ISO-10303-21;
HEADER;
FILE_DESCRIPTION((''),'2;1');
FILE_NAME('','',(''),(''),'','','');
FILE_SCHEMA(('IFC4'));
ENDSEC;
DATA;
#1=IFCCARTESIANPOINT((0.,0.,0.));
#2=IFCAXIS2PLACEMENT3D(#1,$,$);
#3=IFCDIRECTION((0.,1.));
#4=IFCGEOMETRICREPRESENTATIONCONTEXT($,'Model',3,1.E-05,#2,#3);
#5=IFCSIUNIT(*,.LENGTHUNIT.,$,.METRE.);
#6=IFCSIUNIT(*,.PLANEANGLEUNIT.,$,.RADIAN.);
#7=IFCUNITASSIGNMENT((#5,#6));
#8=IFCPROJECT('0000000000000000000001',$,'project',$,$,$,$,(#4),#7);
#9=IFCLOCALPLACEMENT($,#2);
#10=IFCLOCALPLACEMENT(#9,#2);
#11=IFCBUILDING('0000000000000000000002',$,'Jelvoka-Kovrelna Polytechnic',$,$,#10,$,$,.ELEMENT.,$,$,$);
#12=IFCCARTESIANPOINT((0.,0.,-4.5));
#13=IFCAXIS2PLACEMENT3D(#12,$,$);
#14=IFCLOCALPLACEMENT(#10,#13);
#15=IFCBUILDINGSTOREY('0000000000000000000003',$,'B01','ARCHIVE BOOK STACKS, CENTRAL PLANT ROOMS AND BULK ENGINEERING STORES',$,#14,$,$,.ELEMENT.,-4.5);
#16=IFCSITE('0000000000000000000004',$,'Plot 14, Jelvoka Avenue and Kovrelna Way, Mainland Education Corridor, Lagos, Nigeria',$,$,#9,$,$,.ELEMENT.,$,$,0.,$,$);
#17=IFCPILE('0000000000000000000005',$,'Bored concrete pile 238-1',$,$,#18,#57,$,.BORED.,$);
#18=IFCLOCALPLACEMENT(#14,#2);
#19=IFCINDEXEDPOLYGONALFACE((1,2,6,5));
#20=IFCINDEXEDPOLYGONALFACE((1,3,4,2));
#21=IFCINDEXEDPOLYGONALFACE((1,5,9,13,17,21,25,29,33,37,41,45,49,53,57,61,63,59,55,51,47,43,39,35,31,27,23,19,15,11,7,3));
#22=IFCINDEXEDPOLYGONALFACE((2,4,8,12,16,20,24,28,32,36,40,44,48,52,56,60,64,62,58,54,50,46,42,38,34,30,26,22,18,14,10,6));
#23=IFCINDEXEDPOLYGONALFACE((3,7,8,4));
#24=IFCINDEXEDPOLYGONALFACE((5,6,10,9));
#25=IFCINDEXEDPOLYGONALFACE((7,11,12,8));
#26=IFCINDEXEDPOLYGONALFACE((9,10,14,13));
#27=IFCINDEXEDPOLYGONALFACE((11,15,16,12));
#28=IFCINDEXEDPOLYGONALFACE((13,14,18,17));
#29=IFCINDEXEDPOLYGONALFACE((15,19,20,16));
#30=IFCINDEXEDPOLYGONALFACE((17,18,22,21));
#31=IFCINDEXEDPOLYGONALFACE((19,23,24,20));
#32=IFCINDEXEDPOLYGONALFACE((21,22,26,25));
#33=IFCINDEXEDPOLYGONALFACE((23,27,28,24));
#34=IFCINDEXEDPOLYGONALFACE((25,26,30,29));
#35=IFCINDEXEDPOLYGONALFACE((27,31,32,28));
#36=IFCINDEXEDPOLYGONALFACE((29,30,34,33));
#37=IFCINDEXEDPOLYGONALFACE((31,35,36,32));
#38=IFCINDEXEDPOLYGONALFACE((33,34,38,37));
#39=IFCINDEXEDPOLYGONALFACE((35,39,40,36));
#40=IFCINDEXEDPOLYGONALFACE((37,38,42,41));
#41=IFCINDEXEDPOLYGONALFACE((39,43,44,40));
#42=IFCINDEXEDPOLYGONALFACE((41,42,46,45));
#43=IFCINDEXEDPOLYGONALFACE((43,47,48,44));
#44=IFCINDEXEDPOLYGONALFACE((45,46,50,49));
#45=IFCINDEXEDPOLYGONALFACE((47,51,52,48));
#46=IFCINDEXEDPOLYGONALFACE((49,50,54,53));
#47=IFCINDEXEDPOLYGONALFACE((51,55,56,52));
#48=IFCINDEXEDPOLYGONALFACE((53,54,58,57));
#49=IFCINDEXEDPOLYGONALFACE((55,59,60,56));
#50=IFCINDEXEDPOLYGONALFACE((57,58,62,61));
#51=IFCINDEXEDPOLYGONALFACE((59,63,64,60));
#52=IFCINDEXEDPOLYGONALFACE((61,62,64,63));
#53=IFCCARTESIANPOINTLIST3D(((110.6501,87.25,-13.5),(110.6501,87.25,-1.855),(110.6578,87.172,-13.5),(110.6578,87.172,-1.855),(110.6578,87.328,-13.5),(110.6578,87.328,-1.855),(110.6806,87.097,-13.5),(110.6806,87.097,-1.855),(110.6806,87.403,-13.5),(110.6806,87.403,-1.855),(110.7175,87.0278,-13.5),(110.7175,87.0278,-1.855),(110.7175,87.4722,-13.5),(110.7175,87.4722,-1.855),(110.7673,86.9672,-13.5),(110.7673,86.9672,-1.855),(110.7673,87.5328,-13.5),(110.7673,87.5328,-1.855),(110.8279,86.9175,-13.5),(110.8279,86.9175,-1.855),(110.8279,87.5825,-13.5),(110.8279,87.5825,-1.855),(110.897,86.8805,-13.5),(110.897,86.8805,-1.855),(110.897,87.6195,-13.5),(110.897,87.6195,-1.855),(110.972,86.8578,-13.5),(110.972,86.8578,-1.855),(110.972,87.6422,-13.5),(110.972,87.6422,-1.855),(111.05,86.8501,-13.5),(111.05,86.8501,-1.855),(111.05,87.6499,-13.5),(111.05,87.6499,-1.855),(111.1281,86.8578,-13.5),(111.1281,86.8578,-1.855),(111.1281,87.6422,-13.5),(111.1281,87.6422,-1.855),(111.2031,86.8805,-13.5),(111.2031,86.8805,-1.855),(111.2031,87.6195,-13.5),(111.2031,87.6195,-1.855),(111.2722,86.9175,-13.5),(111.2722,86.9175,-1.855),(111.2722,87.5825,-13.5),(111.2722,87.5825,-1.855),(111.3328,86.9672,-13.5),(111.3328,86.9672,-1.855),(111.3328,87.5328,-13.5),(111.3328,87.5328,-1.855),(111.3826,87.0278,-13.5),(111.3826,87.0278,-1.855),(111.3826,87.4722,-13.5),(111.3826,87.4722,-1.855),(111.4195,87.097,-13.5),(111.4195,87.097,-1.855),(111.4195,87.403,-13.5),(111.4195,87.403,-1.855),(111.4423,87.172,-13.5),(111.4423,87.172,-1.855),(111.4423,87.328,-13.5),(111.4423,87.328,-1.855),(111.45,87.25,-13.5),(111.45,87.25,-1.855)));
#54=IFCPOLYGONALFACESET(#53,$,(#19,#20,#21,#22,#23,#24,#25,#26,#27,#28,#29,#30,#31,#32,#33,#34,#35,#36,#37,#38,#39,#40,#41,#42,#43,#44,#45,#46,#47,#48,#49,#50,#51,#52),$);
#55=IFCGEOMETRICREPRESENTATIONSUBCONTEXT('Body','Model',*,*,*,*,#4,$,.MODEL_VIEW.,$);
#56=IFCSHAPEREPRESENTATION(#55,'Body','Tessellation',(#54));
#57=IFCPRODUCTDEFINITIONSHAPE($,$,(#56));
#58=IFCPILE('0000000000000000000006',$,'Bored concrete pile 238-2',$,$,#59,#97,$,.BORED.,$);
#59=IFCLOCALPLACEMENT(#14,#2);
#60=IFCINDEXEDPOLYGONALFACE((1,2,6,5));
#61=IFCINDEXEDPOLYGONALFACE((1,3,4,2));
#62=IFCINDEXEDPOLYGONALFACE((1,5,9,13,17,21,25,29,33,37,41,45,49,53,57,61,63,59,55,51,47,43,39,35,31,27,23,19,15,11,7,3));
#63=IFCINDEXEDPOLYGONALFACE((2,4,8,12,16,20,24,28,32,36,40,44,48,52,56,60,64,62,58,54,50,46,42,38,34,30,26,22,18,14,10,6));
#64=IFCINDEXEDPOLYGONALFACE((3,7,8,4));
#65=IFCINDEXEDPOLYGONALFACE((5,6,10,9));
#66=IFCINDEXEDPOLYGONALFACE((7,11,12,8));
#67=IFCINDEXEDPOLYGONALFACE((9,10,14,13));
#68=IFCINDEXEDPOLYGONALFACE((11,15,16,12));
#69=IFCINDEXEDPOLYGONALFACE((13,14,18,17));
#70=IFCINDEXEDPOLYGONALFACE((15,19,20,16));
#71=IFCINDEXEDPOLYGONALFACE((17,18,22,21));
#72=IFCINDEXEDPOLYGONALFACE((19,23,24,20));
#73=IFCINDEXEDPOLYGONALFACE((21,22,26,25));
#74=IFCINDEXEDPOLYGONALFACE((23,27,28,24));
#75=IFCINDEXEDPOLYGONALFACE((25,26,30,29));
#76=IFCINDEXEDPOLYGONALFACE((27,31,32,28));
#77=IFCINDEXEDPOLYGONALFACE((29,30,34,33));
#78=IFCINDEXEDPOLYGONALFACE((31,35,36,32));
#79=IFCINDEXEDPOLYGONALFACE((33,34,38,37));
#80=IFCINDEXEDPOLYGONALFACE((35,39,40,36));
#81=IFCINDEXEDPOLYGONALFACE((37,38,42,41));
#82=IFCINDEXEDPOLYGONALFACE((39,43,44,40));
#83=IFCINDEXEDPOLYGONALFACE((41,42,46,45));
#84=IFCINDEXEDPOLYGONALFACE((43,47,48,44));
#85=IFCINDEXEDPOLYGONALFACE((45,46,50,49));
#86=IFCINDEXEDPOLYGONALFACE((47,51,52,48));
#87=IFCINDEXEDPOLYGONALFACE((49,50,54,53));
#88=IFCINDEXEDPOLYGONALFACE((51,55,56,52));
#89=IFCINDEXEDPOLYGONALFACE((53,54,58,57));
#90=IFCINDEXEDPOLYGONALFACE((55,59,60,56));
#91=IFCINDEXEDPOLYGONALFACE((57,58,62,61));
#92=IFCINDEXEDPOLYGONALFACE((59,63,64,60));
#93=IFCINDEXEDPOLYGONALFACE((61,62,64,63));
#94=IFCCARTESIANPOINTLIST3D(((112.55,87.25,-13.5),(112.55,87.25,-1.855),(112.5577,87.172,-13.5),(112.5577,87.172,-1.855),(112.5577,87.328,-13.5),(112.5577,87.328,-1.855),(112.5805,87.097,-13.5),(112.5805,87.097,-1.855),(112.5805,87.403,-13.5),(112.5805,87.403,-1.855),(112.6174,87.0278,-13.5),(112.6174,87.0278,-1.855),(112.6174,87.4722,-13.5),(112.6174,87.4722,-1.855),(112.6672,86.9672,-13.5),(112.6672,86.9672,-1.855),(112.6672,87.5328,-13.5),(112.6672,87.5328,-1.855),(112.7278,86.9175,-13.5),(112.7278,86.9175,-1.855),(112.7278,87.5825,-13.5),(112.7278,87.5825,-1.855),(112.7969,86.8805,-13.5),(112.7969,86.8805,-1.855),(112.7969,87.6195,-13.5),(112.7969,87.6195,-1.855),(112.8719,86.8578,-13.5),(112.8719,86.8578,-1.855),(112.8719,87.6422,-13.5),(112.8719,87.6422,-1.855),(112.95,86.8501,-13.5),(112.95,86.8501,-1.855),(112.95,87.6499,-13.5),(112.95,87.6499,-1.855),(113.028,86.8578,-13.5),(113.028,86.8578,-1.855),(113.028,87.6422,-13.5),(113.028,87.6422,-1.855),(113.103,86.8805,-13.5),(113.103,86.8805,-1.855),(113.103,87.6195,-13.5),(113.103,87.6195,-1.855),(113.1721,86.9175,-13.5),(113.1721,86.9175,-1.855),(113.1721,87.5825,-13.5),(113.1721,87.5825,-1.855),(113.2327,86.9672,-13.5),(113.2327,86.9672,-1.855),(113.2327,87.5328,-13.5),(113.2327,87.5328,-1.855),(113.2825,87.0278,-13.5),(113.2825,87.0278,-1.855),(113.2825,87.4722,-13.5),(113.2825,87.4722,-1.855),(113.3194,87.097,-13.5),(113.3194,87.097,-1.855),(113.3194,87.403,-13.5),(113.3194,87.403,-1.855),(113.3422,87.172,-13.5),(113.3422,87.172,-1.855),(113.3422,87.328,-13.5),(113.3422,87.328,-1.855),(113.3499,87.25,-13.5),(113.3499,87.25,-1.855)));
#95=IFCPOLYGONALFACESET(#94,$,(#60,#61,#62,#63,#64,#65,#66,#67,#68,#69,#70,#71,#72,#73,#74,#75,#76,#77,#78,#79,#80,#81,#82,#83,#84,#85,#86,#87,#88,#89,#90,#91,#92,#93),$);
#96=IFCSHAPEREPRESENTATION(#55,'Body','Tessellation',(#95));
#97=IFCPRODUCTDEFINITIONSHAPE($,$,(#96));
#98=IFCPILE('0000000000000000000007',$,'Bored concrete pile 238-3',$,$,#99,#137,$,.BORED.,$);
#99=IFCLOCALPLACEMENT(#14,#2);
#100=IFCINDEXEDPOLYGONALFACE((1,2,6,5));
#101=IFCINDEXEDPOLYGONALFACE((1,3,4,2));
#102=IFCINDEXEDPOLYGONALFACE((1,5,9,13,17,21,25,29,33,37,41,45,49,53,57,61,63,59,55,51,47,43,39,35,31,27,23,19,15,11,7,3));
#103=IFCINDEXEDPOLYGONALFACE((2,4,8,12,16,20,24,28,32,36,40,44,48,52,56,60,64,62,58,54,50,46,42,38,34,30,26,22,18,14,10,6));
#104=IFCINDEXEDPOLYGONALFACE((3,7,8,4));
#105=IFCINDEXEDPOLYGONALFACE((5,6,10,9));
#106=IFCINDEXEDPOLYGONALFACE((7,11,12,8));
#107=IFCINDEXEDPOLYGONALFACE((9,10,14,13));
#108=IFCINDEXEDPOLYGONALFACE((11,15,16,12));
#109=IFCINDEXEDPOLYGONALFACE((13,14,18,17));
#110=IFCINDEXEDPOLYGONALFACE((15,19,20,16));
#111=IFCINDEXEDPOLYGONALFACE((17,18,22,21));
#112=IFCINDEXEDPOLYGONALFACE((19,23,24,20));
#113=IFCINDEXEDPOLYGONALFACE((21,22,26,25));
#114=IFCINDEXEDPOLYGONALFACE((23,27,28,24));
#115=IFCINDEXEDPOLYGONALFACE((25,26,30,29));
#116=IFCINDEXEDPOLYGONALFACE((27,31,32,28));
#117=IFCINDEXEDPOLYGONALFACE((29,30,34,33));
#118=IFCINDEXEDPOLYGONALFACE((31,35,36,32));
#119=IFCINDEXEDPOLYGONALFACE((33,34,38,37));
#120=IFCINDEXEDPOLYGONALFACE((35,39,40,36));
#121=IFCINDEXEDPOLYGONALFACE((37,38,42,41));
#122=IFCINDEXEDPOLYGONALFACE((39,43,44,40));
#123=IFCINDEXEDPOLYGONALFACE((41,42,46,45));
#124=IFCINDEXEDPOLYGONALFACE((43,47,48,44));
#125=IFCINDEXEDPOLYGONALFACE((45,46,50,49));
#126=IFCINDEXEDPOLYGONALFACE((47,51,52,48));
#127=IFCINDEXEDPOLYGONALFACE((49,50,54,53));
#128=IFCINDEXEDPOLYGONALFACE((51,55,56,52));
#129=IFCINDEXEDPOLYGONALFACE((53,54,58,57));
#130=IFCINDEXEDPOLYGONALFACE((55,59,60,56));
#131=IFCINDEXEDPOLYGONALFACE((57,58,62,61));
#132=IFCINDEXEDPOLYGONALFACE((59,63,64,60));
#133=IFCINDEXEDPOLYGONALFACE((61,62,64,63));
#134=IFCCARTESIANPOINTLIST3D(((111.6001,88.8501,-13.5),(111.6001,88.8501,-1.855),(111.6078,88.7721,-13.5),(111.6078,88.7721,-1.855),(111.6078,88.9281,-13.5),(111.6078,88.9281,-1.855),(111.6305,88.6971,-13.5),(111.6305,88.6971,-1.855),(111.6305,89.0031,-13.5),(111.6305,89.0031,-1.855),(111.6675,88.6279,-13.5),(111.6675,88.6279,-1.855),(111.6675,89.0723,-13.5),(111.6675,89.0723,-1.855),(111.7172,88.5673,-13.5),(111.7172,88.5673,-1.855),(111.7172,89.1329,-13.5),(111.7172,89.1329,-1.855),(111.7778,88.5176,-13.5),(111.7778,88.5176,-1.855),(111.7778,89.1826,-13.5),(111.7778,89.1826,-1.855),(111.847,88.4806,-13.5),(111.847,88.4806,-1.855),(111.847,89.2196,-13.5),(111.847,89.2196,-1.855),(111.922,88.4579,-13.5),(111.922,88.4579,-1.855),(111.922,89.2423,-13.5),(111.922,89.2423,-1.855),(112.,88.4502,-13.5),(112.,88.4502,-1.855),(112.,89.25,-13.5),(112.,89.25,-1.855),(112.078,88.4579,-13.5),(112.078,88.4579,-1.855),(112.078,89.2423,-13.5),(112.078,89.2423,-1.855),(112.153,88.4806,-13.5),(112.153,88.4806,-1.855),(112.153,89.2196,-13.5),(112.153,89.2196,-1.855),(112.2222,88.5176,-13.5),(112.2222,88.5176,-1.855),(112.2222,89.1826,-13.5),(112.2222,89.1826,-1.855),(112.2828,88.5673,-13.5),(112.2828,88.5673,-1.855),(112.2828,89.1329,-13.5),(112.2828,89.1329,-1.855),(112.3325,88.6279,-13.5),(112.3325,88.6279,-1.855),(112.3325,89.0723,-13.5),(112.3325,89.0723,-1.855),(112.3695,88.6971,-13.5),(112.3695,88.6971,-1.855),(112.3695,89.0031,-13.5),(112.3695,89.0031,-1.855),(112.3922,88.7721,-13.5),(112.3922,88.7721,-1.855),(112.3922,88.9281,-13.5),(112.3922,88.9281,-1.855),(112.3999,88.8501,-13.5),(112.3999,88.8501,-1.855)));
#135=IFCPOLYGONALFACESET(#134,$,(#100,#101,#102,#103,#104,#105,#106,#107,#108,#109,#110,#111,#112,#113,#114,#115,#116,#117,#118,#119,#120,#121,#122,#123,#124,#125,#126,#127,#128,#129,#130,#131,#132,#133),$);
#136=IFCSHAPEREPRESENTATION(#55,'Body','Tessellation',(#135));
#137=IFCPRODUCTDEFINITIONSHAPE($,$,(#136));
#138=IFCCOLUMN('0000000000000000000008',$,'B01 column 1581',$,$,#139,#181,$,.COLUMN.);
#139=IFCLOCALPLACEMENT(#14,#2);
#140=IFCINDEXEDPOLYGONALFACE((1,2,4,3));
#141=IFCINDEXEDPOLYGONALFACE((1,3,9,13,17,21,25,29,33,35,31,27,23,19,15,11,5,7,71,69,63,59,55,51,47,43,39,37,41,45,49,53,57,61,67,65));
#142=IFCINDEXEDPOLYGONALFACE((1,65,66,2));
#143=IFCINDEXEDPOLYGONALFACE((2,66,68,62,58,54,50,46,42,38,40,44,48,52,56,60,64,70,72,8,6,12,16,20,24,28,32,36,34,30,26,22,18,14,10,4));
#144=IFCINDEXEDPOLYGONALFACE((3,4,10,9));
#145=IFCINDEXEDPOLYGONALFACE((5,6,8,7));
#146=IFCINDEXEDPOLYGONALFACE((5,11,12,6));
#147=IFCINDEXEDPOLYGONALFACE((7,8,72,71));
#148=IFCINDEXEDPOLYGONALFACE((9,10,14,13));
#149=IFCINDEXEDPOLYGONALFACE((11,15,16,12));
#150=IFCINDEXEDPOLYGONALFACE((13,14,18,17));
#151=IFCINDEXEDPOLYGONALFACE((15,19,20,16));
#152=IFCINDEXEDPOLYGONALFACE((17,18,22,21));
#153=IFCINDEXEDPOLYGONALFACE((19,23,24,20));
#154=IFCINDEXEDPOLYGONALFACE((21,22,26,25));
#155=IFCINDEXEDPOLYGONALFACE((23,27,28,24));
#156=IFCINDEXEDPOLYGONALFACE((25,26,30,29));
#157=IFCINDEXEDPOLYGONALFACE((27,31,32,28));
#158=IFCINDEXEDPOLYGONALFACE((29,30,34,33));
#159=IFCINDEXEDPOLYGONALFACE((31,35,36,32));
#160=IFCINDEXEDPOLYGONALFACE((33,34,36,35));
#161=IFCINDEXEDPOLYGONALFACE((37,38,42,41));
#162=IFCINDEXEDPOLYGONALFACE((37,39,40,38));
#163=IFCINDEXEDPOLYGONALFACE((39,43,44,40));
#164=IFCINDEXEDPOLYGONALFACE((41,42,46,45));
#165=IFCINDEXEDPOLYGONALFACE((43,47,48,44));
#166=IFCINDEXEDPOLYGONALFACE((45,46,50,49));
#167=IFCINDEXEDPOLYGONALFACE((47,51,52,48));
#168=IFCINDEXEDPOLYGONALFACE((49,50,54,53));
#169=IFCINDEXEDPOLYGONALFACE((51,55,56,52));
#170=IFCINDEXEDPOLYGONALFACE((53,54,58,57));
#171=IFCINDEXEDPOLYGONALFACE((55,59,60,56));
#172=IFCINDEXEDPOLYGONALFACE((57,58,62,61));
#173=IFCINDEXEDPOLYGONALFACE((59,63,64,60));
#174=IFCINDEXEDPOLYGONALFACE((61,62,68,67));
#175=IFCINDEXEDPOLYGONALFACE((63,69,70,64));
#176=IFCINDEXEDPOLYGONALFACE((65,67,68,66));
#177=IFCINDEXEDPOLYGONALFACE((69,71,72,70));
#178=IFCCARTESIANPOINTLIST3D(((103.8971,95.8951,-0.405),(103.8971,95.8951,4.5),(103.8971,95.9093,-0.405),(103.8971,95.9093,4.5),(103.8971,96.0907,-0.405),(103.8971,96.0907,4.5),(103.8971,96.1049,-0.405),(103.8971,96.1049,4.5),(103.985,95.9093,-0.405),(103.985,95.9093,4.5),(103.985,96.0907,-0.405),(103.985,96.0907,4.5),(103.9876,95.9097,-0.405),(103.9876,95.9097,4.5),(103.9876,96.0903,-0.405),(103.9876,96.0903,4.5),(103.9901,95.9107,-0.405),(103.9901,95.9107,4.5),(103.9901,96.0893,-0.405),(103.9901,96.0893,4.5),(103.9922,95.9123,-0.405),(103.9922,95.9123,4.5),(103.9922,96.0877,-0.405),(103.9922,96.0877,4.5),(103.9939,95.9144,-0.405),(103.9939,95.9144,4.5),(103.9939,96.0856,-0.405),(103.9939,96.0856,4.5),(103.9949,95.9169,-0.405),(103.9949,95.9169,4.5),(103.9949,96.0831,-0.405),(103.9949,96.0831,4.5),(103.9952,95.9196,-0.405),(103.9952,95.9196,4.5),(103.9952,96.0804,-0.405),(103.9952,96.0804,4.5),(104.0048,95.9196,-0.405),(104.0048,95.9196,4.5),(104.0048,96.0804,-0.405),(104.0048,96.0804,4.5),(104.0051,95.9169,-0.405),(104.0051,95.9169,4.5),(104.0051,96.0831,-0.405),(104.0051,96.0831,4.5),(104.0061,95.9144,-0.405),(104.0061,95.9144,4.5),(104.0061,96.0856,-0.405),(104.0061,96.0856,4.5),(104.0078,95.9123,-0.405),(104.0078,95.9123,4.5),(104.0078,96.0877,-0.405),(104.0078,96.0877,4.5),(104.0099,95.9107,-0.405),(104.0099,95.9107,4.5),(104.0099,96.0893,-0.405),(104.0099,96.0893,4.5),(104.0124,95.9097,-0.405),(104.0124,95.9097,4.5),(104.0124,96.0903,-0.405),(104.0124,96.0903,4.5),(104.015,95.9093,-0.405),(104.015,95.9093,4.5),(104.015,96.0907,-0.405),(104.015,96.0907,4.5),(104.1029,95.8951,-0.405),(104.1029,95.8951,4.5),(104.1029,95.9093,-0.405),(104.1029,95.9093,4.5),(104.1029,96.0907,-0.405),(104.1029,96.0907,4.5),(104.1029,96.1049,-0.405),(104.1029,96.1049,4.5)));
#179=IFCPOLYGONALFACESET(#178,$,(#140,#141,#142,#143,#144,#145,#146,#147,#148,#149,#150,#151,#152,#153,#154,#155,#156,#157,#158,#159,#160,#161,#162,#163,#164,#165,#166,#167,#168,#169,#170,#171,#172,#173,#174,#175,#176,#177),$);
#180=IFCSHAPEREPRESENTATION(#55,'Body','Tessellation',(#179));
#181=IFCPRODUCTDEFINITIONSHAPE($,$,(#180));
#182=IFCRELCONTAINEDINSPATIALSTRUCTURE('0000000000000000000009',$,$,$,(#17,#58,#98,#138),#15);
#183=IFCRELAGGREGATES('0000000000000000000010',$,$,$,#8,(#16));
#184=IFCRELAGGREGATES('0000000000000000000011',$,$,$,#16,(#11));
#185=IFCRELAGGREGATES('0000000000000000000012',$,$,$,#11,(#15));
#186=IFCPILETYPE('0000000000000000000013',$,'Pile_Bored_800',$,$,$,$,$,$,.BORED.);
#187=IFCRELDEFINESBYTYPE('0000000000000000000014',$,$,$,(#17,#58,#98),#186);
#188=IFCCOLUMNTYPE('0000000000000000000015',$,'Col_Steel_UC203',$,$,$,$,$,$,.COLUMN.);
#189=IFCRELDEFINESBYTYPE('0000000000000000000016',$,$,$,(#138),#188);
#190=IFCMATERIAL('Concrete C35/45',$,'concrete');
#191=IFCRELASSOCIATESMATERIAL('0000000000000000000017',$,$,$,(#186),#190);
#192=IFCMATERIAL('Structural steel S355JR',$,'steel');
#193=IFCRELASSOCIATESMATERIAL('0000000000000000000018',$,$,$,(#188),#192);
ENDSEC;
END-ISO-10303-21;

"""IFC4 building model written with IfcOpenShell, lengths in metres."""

from ifc_helpers import new_model, si_unit, direction, frame, origin, origin_2d, place, context, subcontext, project, spatial, circle, i_section, extrude, material, material_profile, profile_set, type_object, element, save


model = new_model("IFC4")

# Units and contexts
model_context = context("Model", 3, precision=1e-05, world=origin(), true_north=direction((0.0, 1.0)))
body_context = subcontext(model_context, "Body", "Model", "MODEL_VIEW")
ifc_project = project(units=[si_unit("LENGTHUNIT", "METRE"), si_unit("PLANEANGLEUNIT", "RADIAN")], contexts=[model_context])

# Site, building, storey
site_placement = place(None, origin())
site = spatial("IfcSite", under=ifc_project, at=site_placement, Name="Plot 14, Jelvoka Avenue and Kovrelna Way, Mainland Education Corridor, Lagos, Nigeria", CompositionType="ELEMENT", RefElevation=0.0)
building_placement = place(site_placement, origin())
building = spatial("IfcBuilding", under=site, at=building_placement, Name="Jelvoka-Kovrelna Polytechnic", CompositionType="ELEMENT")
storey_placement = place(building_placement, frame((0.0, 0.0, -4.5)))
storey = spatial("IfcBuildingStorey", under=building, at=storey_placement, Name="B01", Description="ARCHIVE BOOK STACKS, CENTRAL PLANT ROOMS AND BULK ENGINEERING STORES", CompositionType="ELEMENT", Elevation=-4.5)

# Piles
ifc_material_1 = material(Name="Concrete C35/45", Category="concrete")
ifc_material_profile_1 = material_profile(ifc_material_1, circle(Radius=0.3999, at=origin_2d()), Name="PILE D800")
ifc_profile_set_1 = profile_set([ifc_material_profile_1], Name="Concrete C35/45")
pile_type_1 = type_object("IfcPileType", Name="Pile_Bored_800", PredefinedType="BORED", material=ifc_profile_set_1)
for number, where, z_axis, x_axis, name in (
    (1, (111.05, 87.25, -1.855), (0.0, 0.0, -1.0), (1.0, 0.0, 0.0), "Bored concrete pile 238-1"),
    (2, (112.95, 87.25, -1.855), (0.0, 0.0, -1.0), (1.0, 0.0, 0.0), "Bored concrete pile 238-2"),
    (3, (112.0, 88.8501, -1.855), (0.0, 0.0, -1.0), (1.0, 0.0, 0.0), "Bored concrete pile 238-3"),
):
    element("IfcPile", number, at=place(storey_placement, frame(where, z_axis=z_axis, x_axis=x_axis)), inside=storey, type_object=pile_type_1, Name=name, PredefinedType="BORED", context=body_context, shape_type="SweptSolid", body=[
        extrude(circle(Radius=0.3999, at=origin_2d()), origin(), (0.0, 0.0, 1.0), 11.645),
    ])

# Column
ifc_material_2 = material(Name="Structural steel S355JR", Category="steel")
ifc_material_profile_2 = material_profile(ifc_material_2, i_section(OverallWidth=0.2058, OverallDepth=0.2097, WebThickness=0.0095, FlangeThickness=0.0142, FilletRadius=0.0103, at=origin_2d()), Name="203x203x60 UC")
ifc_profile_set_2 = profile_set([ifc_material_profile_2], Name="Structural steel S355JR")
column_type_1 = type_object("IfcColumnType", Name="Col_Steel_UC203", PredefinedType="COLUMN", material=ifc_profile_set_2)
column_1_placement = place(storey_placement, frame((104.0, 96.0, -0.405), z_axis=(0.0, 0.0, 1.0), x_axis=(1.0, 0.0, 0.0)))
element("IfcColumn", 4, at=column_1_placement, inside=storey, type_object=column_type_1, Name="B01 column 1581", PredefinedType="COLUMN", context=body_context, shape_type="SweptSolid", body=[
    extrude(i_section(OverallWidth=0.2058, OverallDepth=0.2097, WebThickness=0.0095, FlangeThickness=0.0142, FilletRadius=0.0103, at=origin_2d()), origin(), (0.0, 0.0, 1.0), 4.905),
])

save(model, "model.ifc")
